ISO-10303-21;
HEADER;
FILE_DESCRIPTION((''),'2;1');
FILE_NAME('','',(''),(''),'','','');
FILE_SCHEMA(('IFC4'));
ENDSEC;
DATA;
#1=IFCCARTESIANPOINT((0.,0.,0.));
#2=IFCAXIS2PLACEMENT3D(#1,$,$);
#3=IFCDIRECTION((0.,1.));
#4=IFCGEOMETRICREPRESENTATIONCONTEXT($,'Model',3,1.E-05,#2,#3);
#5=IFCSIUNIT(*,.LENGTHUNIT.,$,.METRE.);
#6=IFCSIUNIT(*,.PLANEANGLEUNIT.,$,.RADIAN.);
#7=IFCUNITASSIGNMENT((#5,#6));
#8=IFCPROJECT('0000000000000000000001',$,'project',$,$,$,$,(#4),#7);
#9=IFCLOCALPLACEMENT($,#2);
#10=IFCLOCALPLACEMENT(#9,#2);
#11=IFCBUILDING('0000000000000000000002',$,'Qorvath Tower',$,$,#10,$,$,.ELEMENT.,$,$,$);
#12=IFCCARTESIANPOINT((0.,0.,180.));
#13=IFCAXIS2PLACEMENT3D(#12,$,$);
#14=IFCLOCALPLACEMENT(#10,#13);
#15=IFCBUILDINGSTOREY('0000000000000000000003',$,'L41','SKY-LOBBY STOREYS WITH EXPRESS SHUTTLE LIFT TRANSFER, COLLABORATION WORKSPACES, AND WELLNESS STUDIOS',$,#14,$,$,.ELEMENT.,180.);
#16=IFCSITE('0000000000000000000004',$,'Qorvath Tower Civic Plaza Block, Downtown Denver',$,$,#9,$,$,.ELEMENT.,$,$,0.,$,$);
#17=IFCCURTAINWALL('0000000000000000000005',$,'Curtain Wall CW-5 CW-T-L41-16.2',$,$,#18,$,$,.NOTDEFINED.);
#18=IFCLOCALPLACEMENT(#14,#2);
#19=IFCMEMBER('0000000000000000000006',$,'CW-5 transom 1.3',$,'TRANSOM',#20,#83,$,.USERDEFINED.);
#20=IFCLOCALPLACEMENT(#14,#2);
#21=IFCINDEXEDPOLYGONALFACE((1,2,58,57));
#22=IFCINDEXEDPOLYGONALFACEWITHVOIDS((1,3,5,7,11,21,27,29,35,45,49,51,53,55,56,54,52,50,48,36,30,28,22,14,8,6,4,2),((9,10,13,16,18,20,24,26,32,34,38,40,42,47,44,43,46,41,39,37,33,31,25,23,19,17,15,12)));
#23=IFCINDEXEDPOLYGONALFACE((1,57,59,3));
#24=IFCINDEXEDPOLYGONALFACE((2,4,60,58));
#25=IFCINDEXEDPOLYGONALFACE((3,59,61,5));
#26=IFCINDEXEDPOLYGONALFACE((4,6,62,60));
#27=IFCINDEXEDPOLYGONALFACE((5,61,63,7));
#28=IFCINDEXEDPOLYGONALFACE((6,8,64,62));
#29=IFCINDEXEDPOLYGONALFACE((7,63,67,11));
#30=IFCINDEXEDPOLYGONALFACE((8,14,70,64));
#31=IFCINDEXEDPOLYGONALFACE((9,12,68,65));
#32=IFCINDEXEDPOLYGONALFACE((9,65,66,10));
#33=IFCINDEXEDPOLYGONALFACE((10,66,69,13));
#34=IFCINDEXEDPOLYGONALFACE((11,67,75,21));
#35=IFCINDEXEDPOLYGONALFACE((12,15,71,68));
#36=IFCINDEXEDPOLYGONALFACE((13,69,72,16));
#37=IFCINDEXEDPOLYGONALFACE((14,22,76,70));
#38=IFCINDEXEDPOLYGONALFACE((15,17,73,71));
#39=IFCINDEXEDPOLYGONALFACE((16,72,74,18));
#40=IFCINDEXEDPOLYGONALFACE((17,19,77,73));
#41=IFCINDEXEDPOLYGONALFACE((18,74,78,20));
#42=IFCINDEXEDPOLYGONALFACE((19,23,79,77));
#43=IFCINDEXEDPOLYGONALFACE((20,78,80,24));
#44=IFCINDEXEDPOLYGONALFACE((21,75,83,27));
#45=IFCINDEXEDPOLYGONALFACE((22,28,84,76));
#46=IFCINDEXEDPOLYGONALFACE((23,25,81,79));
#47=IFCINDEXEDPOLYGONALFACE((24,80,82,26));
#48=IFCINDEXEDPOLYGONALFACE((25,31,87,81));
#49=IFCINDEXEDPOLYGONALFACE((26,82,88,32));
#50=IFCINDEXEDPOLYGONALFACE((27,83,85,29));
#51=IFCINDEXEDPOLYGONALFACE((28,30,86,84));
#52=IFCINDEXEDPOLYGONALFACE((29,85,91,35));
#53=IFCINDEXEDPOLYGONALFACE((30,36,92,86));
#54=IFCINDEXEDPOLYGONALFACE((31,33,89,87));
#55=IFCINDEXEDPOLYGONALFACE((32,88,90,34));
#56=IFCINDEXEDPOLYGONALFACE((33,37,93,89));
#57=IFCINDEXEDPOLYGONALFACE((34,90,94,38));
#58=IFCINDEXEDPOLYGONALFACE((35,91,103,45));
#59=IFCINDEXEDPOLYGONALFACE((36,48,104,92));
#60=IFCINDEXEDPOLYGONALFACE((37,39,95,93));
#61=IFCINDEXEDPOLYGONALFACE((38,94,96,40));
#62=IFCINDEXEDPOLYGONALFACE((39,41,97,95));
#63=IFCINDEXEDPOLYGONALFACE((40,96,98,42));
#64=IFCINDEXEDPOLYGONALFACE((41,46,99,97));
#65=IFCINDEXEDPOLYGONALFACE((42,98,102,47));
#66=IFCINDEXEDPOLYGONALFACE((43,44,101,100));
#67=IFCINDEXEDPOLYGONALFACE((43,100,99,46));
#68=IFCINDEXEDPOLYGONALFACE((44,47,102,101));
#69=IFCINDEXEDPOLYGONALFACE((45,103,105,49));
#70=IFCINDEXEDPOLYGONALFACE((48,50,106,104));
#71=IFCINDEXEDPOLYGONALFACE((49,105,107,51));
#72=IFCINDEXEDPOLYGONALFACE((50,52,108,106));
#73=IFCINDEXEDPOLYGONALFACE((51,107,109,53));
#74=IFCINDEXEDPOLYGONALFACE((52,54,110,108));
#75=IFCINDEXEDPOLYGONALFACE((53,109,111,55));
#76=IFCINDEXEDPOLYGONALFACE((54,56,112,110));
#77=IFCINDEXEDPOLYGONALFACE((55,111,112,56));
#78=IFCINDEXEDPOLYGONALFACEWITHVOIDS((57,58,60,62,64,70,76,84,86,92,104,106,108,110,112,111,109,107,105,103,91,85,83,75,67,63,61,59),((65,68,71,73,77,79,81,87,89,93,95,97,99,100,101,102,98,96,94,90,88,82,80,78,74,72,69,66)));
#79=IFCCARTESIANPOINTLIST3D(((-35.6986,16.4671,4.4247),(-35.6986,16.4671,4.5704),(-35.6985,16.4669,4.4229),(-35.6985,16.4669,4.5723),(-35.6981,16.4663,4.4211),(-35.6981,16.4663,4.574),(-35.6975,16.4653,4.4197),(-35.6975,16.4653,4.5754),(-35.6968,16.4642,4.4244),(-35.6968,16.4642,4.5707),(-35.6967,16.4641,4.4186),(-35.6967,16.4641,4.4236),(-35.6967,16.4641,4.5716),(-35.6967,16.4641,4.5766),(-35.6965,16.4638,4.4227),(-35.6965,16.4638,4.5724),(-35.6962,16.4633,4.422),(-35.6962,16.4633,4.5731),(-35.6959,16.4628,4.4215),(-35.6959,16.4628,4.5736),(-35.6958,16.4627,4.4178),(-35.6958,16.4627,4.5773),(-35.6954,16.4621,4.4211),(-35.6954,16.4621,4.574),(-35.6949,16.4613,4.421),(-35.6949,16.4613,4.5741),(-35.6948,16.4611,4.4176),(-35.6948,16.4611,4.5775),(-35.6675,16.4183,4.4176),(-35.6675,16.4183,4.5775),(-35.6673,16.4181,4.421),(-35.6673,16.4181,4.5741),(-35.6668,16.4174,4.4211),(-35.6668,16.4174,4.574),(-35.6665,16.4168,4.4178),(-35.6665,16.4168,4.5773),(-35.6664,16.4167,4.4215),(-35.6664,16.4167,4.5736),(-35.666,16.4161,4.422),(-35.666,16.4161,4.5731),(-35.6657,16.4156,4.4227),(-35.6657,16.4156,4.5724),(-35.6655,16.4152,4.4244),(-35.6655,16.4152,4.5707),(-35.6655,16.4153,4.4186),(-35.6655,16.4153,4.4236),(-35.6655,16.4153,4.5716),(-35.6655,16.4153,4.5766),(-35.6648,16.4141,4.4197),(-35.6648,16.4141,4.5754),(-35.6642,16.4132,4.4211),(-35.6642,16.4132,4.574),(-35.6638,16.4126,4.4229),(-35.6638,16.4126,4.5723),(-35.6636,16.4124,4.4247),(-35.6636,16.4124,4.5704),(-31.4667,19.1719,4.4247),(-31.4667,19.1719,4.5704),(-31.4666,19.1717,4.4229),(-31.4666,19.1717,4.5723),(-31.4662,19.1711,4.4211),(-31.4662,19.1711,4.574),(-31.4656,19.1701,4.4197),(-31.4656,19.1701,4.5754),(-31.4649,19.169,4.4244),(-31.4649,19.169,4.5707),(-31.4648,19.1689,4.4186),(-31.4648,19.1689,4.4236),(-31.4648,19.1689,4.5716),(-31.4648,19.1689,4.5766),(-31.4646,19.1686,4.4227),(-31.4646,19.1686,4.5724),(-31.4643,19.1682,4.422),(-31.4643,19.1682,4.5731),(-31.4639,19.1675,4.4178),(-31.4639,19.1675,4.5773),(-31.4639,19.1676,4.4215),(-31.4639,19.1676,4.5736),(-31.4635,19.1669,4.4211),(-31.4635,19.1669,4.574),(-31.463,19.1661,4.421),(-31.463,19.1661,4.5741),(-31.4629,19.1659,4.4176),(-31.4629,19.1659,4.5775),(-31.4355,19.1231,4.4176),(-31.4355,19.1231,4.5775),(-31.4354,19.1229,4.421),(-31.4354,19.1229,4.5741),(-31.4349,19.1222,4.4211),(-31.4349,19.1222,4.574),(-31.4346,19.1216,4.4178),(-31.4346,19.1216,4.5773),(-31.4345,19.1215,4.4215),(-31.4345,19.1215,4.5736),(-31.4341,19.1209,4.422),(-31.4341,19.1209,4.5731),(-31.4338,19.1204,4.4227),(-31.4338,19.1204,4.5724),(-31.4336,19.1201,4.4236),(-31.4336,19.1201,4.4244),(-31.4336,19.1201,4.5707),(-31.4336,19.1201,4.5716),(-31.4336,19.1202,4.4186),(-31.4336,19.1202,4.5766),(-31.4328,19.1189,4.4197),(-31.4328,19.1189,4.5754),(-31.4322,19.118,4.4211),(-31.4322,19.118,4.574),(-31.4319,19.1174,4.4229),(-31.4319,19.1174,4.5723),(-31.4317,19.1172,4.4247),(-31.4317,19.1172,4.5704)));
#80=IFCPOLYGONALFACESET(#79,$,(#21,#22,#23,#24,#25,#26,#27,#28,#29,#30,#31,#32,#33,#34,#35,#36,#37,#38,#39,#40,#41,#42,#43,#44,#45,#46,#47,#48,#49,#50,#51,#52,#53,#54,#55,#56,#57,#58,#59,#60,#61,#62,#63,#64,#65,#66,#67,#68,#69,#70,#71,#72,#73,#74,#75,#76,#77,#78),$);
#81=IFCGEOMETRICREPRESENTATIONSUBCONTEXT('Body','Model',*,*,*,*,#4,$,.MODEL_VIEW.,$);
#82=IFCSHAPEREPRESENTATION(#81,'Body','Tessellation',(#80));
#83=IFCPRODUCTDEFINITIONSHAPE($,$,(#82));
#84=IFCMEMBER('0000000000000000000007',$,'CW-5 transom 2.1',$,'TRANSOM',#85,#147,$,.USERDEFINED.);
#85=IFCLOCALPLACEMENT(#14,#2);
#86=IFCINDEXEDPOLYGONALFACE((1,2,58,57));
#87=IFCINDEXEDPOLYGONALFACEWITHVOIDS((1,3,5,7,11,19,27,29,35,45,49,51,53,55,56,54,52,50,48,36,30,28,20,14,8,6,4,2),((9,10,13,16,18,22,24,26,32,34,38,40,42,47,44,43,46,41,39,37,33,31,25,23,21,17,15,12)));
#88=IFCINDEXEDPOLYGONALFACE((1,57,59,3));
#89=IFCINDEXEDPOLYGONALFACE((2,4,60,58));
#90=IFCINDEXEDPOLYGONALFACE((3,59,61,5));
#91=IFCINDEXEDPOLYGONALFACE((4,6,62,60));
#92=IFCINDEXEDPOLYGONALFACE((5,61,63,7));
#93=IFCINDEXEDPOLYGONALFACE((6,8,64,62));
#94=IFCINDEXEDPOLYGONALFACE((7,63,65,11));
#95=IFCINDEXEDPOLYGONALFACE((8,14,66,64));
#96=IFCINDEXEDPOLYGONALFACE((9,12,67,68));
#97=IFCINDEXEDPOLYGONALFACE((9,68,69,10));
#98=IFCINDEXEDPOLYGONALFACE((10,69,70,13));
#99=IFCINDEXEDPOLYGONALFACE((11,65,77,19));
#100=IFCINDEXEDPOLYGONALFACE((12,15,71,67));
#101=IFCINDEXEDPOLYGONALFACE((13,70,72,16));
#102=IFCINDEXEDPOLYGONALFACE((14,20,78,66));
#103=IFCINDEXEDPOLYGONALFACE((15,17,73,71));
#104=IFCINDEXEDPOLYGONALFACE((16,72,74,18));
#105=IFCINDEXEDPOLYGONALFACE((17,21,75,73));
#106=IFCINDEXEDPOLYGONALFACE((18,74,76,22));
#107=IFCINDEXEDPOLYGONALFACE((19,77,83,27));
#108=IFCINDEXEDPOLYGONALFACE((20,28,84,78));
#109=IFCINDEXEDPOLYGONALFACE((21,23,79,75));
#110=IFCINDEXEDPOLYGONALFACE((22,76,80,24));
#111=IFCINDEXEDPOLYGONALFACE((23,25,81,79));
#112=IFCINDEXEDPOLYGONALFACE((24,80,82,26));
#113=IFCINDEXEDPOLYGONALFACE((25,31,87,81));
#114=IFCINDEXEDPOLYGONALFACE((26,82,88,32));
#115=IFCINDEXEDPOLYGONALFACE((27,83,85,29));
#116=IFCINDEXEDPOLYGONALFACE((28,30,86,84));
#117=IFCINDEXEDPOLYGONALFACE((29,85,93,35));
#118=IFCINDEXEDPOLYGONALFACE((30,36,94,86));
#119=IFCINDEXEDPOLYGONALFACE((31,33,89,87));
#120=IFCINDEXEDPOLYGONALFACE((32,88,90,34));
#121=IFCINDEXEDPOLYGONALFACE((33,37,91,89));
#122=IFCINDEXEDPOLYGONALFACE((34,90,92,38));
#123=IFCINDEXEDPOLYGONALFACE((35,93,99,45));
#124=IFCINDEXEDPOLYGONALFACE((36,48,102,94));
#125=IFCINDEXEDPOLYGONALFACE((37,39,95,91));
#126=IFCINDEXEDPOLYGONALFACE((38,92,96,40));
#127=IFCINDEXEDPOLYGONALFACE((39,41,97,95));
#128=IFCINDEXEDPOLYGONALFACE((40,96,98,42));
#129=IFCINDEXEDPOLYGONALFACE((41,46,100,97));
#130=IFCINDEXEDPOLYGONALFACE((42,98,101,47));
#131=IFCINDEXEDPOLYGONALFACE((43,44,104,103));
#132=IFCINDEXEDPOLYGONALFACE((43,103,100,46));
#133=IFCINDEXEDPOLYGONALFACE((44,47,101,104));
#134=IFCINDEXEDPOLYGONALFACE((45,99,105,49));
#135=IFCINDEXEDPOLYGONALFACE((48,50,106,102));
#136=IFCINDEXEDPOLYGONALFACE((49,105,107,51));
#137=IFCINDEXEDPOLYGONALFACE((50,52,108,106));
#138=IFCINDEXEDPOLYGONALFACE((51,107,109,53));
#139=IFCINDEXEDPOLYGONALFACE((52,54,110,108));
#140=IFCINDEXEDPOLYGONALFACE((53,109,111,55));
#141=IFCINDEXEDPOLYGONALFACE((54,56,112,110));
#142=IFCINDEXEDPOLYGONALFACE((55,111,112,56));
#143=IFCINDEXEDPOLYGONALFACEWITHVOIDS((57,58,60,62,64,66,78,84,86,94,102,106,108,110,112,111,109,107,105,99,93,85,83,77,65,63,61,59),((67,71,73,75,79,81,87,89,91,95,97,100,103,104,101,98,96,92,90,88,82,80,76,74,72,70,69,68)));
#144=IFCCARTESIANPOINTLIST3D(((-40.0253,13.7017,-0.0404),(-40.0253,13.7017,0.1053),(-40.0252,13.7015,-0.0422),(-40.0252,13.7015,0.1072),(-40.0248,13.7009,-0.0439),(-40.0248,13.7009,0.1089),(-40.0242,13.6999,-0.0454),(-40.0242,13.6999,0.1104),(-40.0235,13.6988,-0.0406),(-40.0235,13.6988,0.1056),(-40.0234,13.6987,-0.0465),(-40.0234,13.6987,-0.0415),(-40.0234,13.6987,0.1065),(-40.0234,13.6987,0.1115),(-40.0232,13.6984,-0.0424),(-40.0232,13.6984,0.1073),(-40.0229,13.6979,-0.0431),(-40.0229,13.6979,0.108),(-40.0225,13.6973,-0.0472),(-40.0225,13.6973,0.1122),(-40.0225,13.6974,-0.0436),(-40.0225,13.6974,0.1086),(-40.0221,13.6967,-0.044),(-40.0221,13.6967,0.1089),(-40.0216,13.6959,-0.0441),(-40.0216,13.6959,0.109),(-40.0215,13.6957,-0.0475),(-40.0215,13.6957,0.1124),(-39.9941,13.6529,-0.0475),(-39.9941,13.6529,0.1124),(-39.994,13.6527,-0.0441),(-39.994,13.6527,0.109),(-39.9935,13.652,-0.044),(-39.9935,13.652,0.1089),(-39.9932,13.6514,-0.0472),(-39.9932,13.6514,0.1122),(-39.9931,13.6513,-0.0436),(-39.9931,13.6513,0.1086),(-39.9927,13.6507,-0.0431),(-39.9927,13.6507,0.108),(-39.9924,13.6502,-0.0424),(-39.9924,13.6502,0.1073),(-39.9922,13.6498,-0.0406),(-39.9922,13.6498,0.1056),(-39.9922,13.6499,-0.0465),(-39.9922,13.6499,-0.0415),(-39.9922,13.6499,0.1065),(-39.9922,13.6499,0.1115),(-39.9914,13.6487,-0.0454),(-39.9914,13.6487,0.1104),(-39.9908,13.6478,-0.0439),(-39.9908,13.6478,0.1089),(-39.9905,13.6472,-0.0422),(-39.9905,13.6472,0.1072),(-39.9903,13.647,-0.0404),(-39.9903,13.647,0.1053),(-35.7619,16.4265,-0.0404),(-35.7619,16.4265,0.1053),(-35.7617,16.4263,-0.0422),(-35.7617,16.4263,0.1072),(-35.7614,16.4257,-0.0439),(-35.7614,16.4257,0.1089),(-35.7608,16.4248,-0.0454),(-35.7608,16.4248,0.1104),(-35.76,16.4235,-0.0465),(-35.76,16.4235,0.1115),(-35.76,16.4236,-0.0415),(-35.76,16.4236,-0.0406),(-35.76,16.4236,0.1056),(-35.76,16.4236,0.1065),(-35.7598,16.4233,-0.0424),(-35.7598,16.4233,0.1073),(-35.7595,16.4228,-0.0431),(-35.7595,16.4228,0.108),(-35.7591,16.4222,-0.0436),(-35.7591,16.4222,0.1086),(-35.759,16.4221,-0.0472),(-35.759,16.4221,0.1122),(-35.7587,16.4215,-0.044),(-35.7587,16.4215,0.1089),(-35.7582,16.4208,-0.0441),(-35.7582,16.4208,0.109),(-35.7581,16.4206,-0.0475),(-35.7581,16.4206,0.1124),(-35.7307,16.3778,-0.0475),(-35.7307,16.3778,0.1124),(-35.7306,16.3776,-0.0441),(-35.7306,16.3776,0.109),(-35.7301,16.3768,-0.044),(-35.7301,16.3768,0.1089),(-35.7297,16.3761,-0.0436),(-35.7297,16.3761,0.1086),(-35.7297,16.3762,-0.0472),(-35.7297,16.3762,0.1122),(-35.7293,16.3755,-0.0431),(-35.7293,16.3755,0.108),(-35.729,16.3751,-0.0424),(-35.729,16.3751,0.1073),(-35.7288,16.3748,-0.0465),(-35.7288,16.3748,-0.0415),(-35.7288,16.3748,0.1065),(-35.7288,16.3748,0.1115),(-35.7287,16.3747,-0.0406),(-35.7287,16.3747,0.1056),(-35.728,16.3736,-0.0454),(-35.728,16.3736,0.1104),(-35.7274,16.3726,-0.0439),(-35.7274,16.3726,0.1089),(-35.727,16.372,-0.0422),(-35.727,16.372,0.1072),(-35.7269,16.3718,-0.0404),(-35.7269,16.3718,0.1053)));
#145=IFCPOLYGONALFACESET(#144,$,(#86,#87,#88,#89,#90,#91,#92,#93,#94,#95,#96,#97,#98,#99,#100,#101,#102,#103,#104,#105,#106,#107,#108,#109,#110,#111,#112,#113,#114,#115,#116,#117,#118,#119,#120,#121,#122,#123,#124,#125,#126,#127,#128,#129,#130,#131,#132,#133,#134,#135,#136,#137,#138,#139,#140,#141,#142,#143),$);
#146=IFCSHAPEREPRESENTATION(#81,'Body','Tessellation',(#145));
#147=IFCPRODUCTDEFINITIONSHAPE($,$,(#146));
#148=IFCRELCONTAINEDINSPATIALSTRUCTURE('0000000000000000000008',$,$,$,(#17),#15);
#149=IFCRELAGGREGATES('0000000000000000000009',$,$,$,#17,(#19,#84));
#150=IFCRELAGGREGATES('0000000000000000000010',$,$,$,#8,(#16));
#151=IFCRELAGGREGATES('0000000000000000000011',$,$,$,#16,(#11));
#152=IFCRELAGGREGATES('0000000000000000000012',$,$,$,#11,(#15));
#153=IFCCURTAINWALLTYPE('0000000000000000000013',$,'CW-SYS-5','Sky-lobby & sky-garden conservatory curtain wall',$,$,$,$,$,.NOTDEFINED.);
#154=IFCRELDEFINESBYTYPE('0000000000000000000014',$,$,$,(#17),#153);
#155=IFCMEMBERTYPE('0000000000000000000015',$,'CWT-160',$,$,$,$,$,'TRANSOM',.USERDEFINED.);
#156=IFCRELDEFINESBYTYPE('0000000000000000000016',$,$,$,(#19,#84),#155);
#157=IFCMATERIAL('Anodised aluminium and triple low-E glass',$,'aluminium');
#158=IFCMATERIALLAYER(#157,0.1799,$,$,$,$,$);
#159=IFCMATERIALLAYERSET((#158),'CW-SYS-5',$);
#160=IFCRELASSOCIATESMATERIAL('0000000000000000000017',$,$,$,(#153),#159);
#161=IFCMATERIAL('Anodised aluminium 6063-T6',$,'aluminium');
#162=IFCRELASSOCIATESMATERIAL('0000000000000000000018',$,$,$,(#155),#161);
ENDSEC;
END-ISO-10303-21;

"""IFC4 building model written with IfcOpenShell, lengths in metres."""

from ifc_helpers import new_model, si_unit, direction, frame, origin, origin_2d, place, context, subcontext, project, spatial, hollow_rectangle, extrude, material, layer, layer_set, material_profile, profile_set, type_object, element, aggregate, save


model = new_model("IFC4")

# Units and contexts
model_context = context("Model", 3, precision=1e-05, world=origin(), true_north=direction((0.0, 1.0)))
body_context = subcontext(model_context, "Body", "Model", "MODEL_VIEW")
ifc_project = project(units=[si_unit("LENGTHUNIT", "METRE"), si_unit("PLANEANGLEUNIT", "RADIAN")], contexts=[model_context])

# Site, building, storey
site_placement = place(None, origin())
site = spatial("IfcSite", under=ifc_project, at=site_placement, Name="Qorvath Tower Civic Plaza Block, Downtown Denver", CompositionType="ELEMENT", RefElevation=0.0)
building_placement = place(site_placement, origin())
building = spatial("IfcBuilding", under=site, at=building_placement, Name="Qorvath Tower", CompositionType="ELEMENT")
storey_placement = place(building_placement, frame((0.0, 0.0, 180.0)))
storey = spatial("IfcBuildingStorey", under=building, at=storey_placement, Name="L41", Description="SKY-LOBBY STOREYS WITH EXPRESS SHUTTLE LIFT TRANSFER, COLLABORATION WORKSPACES, AND WELLNESS STUDIOS", CompositionType="ELEMENT", Elevation=180.0)

# Curtain wall, members
ifc_material_1 = material(Name="Anodised aluminium and triple low-E glass", Category="aluminium")
ifc_layer_1 = layer(ifc_material_1, 0.1799)
ifc_layer_set_1 = layer_set([ifc_layer_1], Name="CW-SYS-5")
curtain_wall_type = type_object("IfcCurtainWallType", Name="CW-SYS-5", Description="Sky-lobby & sky-garden conservatory curtain wall", PredefinedType="NOTDEFINED", material=ifc_layer_set_1)
curtain_wall_placement = place(storey_placement, origin())
curtain_wall = element("IfcCurtainWall", 1, at=curtain_wall_placement, inside=storey, type_object=curtain_wall_type, Name="Curtain Wall CW-5 CW-T-L41-16.2", PredefinedType="NOTDEFINED")
ifc_material_2 = material(Name="Anodised aluminium 6063-T6", Category="aluminium")
ifc_material_profile_1 = material_profile(ifc_material_2, hollow_rectangle(XDim=0.0649, YDim=0.1599, WallThickness=0.0034, InnerFilletRadius=0.0034, OuterFilletRadius=0.0071, at=origin_2d()), Name="CWT 160x65")
ifc_profile_set_1 = profile_set([ifc_material_profile_1], Name="Anodised aluminium 6063-T6")
member_type_1 = type_object("IfcMemberType", Name="CWT-160", ElementType="TRANSOM", PredefinedType="USERDEFINED", material=ifc_profile_set_1)
member_1_placement = place(storey_placement, frame((-31.4492, 19.1445, 4.4976), z_axis=(-0.842597, -0.538545, 0.0), x_axis=(0.538545, -0.842597, 0.0)))
member_1 = element("IfcMember", 2, at=member_1_placement, type_object=member_type_1, Name="CW-5 transom 1.3", ObjectType="TRANSOM", PredefinedType="USERDEFINED", context=body_context, shape_type="SweptSolid", body=[
    extrude(hollow_rectangle(XDim=0.0649, YDim=0.1599, WallThickness=0.0034, InnerFilletRadius=0.0034, OuterFilletRadius=0.0071, at=origin_2d()), origin(), (0.0, 0.0, 1.0), 5.0225),
])
member_2_placement = place(storey_placement, frame((-35.7444, 16.3992, 0.0325), z_axis=(-0.842607, -0.538529, 0.0), x_axis=(0.538529, -0.842607, 0.0)))
member_2 = element("IfcMember", 3, at=member_2_placement, type_object=member_type_1, Name="CW-5 transom 2.1", ObjectType="TRANSOM", PredefinedType="USERDEFINED", context=body_context, shape_type="SweptSolid", body=[
    extrude(hollow_rectangle(XDim=0.0649, YDim=0.1599, WallThickness=0.0034, InnerFilletRadius=0.0034, OuterFilletRadius=0.0071, at=origin_2d()), origin(), (0.0, 0.0, 1.0), 5.0598),
])
aggregate(curtain_wall, [member_1, member_2])

save(model, "model.ifc")
